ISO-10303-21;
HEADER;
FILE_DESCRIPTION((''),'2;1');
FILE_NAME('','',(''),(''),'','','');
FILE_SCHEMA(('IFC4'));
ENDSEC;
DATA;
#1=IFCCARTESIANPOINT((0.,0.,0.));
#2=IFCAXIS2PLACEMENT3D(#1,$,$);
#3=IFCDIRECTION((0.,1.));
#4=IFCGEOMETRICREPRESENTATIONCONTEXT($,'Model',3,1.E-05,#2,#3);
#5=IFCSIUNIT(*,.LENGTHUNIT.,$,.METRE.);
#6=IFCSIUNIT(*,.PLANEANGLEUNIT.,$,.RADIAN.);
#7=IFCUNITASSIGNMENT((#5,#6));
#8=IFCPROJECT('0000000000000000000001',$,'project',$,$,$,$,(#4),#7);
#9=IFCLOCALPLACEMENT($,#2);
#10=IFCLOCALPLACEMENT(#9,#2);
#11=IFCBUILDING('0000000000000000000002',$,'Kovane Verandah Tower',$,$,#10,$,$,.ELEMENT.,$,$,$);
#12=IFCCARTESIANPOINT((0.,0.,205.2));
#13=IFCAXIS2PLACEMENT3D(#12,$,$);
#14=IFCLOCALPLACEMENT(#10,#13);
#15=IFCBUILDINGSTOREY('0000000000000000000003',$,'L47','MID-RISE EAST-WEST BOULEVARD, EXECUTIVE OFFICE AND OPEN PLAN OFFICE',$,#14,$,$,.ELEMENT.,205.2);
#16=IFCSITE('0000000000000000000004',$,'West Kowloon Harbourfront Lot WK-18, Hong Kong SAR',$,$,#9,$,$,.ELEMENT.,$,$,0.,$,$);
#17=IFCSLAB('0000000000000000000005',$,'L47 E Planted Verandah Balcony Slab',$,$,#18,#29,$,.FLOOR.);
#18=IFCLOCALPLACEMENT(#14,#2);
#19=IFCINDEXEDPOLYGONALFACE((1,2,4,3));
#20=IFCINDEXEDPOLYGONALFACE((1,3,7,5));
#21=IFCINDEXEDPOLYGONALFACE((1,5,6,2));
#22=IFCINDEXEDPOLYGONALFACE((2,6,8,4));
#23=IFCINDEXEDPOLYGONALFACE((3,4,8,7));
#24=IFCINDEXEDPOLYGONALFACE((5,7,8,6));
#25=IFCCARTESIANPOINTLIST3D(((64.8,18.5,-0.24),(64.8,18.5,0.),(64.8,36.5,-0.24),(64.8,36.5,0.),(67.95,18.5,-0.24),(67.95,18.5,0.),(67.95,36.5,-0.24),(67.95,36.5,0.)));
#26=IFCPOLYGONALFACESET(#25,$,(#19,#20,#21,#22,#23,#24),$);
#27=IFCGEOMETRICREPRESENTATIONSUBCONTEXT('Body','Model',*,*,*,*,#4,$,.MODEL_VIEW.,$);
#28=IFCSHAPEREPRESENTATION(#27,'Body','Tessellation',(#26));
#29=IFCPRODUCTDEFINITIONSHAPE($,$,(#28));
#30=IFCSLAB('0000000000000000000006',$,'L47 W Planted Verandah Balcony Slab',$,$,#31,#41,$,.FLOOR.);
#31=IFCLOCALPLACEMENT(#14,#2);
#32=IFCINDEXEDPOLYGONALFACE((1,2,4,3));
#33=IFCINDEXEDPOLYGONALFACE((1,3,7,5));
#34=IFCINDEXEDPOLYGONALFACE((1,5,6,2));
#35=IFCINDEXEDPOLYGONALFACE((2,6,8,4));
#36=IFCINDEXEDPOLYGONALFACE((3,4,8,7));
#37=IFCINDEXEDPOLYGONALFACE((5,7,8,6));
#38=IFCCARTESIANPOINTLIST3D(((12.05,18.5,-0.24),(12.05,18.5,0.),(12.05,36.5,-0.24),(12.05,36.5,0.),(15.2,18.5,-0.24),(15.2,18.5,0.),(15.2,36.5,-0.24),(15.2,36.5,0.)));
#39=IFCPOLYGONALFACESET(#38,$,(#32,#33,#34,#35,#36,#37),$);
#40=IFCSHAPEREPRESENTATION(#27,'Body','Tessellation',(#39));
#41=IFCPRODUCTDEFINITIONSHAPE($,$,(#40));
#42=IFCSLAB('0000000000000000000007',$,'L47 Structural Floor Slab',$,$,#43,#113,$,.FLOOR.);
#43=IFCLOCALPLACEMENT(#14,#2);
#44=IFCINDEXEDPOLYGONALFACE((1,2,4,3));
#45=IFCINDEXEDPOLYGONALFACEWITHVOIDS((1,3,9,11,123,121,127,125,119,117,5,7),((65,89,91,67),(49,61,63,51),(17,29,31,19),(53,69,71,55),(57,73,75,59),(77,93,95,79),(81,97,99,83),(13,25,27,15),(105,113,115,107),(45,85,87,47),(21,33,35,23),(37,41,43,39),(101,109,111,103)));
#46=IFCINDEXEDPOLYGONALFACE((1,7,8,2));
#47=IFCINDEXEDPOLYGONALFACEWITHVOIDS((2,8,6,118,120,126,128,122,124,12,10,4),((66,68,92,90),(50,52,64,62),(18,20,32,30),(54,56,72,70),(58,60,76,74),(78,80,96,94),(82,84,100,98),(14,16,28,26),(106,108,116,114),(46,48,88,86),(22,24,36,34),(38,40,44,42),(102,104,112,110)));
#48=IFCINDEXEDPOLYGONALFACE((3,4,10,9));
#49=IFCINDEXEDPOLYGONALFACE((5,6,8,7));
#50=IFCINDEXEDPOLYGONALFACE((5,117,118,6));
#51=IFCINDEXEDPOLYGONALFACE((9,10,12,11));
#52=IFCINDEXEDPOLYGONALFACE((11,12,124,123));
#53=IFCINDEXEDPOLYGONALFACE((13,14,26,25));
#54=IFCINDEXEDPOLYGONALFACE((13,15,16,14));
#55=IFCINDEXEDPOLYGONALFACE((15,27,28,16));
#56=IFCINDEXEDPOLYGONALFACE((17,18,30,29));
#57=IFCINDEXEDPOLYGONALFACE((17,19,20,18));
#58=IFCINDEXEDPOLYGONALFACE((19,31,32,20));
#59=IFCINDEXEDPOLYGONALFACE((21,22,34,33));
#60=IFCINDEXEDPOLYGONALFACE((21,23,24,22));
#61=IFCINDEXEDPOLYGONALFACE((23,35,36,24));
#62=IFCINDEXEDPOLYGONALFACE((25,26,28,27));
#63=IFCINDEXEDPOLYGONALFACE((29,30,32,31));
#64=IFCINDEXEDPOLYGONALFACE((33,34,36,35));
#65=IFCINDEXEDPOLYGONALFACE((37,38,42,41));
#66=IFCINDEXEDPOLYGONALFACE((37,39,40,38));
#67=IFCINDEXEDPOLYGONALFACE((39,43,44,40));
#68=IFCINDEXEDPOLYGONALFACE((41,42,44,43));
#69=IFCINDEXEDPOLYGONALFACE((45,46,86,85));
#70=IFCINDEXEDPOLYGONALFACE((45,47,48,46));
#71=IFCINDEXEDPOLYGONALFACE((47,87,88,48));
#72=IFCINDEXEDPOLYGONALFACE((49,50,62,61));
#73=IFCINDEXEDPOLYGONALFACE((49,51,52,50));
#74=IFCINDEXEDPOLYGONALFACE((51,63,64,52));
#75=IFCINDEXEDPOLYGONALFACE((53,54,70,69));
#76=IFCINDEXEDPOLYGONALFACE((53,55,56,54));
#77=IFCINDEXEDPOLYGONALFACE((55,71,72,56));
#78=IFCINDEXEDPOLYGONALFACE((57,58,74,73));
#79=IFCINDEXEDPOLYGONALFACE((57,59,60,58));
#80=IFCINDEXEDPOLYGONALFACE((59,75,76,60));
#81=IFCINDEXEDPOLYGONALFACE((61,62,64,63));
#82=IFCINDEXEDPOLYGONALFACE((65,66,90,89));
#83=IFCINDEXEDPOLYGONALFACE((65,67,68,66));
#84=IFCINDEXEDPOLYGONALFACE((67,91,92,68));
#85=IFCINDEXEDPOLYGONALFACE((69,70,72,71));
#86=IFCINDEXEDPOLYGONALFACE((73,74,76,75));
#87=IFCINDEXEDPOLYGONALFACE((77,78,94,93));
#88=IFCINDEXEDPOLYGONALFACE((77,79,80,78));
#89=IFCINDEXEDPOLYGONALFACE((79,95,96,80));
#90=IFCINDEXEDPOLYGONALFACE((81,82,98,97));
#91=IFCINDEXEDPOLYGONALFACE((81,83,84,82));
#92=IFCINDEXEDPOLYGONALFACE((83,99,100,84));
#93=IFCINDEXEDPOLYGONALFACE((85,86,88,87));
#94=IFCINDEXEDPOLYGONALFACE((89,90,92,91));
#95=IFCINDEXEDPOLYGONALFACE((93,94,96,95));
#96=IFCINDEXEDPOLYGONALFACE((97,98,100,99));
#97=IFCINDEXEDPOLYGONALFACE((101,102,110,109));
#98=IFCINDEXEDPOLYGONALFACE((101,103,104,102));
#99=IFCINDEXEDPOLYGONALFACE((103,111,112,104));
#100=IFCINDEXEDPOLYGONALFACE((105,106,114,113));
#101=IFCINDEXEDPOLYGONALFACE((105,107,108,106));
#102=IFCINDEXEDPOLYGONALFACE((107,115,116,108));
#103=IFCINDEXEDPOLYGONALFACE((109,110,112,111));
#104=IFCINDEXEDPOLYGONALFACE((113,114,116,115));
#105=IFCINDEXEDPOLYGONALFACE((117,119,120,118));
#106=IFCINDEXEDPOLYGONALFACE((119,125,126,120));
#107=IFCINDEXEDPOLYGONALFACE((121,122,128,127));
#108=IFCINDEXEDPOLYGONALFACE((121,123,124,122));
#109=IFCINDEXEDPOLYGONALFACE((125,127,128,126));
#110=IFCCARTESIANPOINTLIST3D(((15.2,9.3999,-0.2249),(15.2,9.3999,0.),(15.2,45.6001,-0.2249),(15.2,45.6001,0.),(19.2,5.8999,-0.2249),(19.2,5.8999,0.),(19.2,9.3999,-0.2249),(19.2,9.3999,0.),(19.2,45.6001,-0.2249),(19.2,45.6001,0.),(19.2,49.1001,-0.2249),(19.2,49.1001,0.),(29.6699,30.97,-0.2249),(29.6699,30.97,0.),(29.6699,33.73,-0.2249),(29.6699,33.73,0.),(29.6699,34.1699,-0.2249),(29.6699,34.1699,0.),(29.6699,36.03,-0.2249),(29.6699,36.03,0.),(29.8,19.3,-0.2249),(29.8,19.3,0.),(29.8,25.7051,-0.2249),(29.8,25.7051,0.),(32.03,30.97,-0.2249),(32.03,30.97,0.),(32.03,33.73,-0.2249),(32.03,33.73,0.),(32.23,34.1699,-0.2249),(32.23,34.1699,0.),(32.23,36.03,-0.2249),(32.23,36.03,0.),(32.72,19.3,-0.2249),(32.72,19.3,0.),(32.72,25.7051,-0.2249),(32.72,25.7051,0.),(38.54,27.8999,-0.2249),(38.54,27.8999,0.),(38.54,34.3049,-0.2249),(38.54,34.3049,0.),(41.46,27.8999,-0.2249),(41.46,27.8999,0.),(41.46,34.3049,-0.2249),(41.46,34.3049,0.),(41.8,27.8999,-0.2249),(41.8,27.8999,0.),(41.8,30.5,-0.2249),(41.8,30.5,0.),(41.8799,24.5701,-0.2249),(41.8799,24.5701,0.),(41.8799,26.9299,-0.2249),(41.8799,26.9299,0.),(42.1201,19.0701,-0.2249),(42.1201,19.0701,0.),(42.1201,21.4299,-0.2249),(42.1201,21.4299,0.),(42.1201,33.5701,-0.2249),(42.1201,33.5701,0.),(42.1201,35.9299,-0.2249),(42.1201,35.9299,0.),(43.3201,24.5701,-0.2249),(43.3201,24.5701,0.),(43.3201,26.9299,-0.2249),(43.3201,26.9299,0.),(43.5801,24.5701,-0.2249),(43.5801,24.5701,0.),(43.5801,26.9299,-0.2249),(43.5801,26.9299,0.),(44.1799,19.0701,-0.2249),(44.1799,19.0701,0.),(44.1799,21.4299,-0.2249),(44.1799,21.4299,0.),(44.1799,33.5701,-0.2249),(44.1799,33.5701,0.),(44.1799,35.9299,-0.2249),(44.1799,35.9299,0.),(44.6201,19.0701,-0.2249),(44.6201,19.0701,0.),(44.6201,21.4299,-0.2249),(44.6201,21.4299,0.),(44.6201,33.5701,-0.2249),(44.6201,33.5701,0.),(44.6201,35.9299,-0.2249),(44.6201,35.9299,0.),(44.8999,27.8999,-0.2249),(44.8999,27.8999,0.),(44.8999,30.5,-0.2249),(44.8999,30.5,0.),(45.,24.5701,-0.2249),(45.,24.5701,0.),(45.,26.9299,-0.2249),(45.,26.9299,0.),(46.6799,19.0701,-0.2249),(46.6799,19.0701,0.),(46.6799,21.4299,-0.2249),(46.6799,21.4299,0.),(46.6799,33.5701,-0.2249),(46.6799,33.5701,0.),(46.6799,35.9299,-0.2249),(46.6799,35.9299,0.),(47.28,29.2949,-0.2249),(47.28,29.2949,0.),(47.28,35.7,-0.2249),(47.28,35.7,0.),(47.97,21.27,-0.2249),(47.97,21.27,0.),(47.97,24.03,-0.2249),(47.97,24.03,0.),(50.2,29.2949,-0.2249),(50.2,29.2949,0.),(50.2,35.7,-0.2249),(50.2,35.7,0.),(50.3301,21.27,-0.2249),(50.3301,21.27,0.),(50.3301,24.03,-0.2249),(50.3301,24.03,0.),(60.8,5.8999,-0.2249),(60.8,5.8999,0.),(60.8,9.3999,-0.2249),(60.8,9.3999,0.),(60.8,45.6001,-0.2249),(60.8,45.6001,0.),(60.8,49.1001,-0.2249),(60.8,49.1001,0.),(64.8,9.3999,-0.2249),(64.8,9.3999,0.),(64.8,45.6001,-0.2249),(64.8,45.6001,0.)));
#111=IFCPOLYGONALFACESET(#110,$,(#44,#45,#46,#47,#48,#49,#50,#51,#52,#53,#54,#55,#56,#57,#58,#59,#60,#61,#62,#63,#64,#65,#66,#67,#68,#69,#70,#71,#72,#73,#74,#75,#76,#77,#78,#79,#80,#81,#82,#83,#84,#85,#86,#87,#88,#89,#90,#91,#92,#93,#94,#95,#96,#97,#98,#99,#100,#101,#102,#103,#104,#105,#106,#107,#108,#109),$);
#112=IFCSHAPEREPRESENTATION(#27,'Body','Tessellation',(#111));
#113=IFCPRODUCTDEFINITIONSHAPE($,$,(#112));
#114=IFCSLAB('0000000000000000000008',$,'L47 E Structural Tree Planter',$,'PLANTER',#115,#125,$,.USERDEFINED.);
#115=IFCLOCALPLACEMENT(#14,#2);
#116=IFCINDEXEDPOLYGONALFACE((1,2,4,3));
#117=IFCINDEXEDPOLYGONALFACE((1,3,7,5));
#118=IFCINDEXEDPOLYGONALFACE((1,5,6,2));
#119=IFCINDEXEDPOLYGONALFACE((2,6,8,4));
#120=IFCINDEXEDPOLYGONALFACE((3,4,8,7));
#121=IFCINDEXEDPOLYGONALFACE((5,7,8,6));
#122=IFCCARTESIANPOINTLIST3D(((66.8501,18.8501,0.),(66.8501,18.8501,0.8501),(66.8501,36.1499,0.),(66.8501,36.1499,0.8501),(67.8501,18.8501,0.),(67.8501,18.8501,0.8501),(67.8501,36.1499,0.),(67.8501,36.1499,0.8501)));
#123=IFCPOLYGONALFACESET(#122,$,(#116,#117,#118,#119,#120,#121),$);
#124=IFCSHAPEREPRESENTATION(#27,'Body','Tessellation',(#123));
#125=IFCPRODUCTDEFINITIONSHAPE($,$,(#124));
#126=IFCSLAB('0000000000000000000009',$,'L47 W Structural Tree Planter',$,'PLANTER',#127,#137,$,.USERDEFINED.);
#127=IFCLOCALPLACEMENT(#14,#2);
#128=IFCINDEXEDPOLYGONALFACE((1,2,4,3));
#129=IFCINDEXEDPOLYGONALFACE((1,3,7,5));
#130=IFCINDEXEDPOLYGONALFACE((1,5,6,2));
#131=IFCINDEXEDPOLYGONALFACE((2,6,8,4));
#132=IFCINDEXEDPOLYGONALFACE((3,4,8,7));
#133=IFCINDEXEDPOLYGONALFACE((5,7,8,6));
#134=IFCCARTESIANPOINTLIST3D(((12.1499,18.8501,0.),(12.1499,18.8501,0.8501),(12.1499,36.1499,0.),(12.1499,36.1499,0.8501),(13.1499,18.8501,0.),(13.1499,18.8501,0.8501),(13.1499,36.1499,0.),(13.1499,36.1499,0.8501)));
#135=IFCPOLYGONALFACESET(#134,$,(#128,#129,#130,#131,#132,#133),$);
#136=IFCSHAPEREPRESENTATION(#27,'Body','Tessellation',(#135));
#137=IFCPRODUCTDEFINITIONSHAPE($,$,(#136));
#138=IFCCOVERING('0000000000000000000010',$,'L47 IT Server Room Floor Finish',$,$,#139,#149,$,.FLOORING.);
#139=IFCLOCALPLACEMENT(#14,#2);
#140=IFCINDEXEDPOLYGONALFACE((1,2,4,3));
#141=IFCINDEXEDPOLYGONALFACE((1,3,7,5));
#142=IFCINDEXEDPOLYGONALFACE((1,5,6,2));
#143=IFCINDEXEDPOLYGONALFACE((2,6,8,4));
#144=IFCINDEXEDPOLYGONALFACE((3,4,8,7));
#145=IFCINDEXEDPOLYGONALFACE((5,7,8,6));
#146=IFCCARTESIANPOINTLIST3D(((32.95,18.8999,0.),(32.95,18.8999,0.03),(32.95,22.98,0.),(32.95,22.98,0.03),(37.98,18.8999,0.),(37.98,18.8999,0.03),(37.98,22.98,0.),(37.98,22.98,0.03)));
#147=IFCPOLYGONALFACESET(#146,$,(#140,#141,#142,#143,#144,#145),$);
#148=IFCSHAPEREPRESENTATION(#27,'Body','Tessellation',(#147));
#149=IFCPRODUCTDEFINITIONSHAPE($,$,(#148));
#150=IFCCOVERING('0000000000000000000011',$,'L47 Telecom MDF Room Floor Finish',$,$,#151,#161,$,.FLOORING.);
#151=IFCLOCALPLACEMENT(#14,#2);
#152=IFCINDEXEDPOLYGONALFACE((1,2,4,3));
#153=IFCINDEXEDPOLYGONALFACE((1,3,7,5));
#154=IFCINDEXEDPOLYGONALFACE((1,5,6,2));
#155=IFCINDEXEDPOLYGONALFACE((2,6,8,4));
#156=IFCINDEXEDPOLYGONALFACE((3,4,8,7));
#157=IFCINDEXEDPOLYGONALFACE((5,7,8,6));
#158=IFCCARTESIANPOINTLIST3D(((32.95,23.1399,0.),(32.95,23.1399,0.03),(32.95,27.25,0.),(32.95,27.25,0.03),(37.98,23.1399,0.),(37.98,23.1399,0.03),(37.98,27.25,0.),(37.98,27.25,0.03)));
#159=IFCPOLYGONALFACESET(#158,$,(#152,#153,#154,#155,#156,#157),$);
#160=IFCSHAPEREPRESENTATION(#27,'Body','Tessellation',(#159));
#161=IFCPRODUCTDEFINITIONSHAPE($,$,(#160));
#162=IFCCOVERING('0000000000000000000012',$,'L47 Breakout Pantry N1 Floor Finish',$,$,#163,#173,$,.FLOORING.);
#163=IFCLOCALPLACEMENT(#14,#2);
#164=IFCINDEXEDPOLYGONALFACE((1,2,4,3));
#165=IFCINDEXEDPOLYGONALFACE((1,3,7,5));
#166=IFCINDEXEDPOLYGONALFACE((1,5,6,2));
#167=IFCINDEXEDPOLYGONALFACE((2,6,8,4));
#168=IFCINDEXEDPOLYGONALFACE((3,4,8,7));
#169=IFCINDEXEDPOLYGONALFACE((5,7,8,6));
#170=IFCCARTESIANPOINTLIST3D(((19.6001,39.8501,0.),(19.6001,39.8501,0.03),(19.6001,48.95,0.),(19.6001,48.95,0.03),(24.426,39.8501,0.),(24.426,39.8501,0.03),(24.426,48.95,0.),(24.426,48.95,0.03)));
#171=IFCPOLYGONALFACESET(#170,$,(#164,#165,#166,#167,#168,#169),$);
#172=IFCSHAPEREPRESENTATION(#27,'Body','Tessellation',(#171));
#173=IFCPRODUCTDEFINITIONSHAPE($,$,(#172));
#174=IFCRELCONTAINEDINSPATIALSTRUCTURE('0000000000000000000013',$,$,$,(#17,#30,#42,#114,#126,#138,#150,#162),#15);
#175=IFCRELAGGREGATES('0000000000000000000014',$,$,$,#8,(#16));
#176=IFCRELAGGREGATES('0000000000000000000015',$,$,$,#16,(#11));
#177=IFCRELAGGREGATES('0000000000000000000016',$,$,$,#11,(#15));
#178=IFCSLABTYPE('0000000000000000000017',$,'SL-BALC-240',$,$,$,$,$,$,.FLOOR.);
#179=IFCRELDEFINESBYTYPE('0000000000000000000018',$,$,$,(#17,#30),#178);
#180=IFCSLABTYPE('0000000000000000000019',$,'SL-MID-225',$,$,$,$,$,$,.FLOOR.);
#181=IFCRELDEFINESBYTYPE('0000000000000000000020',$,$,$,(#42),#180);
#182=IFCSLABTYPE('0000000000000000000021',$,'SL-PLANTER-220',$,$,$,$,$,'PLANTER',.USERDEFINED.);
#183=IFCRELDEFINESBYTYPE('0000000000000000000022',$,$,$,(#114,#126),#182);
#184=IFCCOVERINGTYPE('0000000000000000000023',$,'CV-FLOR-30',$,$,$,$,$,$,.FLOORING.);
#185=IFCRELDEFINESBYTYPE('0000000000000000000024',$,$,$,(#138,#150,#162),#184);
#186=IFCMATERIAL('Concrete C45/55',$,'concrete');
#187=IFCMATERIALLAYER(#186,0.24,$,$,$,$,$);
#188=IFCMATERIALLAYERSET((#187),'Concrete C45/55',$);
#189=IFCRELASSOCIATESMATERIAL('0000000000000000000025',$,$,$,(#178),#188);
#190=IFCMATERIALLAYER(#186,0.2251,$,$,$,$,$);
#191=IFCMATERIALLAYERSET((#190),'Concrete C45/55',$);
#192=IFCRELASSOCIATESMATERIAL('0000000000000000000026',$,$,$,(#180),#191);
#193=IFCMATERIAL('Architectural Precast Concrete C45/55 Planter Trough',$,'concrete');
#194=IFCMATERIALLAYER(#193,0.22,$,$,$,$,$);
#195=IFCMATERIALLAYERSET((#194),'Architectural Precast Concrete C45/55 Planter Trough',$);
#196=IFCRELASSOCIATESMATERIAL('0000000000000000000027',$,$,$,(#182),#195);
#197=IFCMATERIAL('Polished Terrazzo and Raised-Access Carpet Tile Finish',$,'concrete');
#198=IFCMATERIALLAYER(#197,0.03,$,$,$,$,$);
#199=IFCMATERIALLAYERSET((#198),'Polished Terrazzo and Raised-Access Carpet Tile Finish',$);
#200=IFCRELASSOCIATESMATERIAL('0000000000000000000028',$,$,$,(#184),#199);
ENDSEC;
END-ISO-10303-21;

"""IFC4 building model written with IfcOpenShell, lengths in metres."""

from ifc_helpers import new_model, si_unit, direction, frame, origin, place, context, subcontext, project, spatial, polyline, outline, extrude, material, layer, layer_set, type_object, element, save


model = new_model("IFC4")

# Units and contexts
model_context = context("Model", 3, precision=1e-05, world=origin(), true_north=direction((0.0, 1.0)))
body_context = subcontext(model_context, "Body", "Model", "MODEL_VIEW")
ifc_project = project(units=[si_unit("LENGTHUNIT", "METRE"), si_unit("PLANEANGLEUNIT", "RADIAN")], contexts=[model_context])

# Site, building, storey
site_placement = place(None, origin())
site = spatial("IfcSite", under=ifc_project, at=site_placement, Name="West Kowloon Harbourfront Lot WK-18, Hong Kong SAR", CompositionType="ELEMENT", RefElevation=0.0)
building_placement = place(site_placement, origin())
building = spatial("IfcBuilding", under=site, at=building_placement, Name="Kovane Verandah Tower", CompositionType="ELEMENT")
storey_placement = place(building_placement, frame((0.0, 0.0, 205.2)))
storey = spatial("IfcBuildingStorey", under=building, at=storey_placement, Name="L47", Description="MID-RISE EAST-WEST BOULEVARD, EXECUTIVE OFFICE AND OPEN PLAN OFFICE", CompositionType="ELEMENT", Elevation=205.2)

# Slabs
ifc_material_1 = material(Name="Concrete C45/55", Category="concrete")
ifc_layer_1 = layer(ifc_material_1, 0.24)
ifc_layer_set_1 = layer_set([ifc_layer_1], Name="Concrete C45/55")
slab_type_1 = type_object("IfcSlabType", Name="SL-BALC-240", PredefinedType="FLOOR", material=ifc_layer_set_1)
slab_1_placement = place(storey_placement, frame((0.0, 0.0, -0.24)))
element("IfcSlab", 1, at=slab_1_placement, inside=storey, type_object=slab_type_1, Name="L47 E Planted Verandah Balcony Slab", PredefinedType="FLOOR", context=body_context, shape_type="SweptSolid", body=[
    extrude(outline(polyline([(64.8, 18.5), (67.95, 18.5), (67.95, 36.5), (64.8, 36.5), (64.8, 18.5)])), origin(), (0.0, 0.0, 1.0), 0.24),
])
slab_2_placement = place(storey_placement, frame((0.0, 0.0, -0.24)))
element("IfcSlab", 2, at=slab_2_placement, inside=storey, type_object=slab_type_1, Name="L47 W Planted Verandah Balcony Slab", PredefinedType="FLOOR", context=body_context, shape_type="SweptSolid", body=[
    extrude(outline(polyline([(12.05, 18.5), (15.2, 18.5), (15.2, 36.5), (12.05, 36.5), (12.05, 18.5)])), origin(), (0.0, 0.0, 1.0), 0.24),
])
ifc_layer_2 = layer(ifc_material_1, 0.2251)
ifc_layer_set_2 = layer_set([ifc_layer_2], Name="Concrete C45/55")
slab_type_2 = type_object("IfcSlabType", Name="SL-MID-225", PredefinedType="FLOOR", material=ifc_layer_set_2)
slab_3_placement = place(storey_placement, frame((0.0, 0.0, -0.2249)))
element("IfcSlab", 3, at=slab_3_placement, inside=storey, type_object=slab_type_2, Name="L47 Structural Floor Slab", PredefinedType="FLOOR", context=body_context, shape_type="SweptSolid", body=[
    extrude(outline(polyline([(19.2, 5.8999), (60.8, 5.8999), (60.8, 9.3999), (64.8, 9.3999), (64.8, 45.6001), (60.8, 45.6001), (60.8, 49.1001), (19.2, 49.1001), (19.2, 45.6001), (15.2, 45.6001), (15.2, 9.3999), (19.2, 9.3999), (19.2, 5.8999)]), holes=[polyline([(29.8, 19.3), (32.72, 19.3), (32.72, 25.7051), (29.8, 25.7051), (29.8, 19.3)]), polyline([(47.28, 29.2949), (50.2, 29.2949), (50.2, 35.7), (47.28, 35.7), (47.28, 29.2949)]), polyline([(38.54, 27.8999), (41.46, 27.8999), (41.46, 34.3049), (38.54, 34.3049), (38.54, 27.8999)]), polyline([(29.6699, 30.97), (32.03, 30.97), (32.03, 33.73), (29.6699, 33.73), (29.6699, 30.97)]), polyline([(47.97, 21.27), (50.3301, 21.27), (50.3301, 24.03), (47.97, 24.03), (47.97, 21.27)]), polyline([(29.6699, 34.1699), (32.23, 34.1699), (32.23, 36.03), (29.6699, 36.03), (29.6699, 34.1699)]), polyline([(42.1201, 19.0701), (44.1799, 19.0701), (44.1799, 21.4299), (42.1201, 21.4299), (42.1201, 19.0701)]), polyline([(44.6201, 19.0701), (46.6799, 19.0701), (46.6799, 21.4299), (44.6201, 21.4299), (44.6201, 19.0701)]), polyline([(41.8799, 24.5701), (43.3201, 24.5701), (43.3201, 26.9299), (41.8799, 26.9299), (41.8799, 24.5701)]), polyline([(43.5801, 24.5701), (45.0, 24.5701), (45.0, 26.9299), (43.5801, 26.9299), (43.5801, 24.5701)]), polyline([(42.1201, 33.5701), (44.1799, 33.5701), (44.1799, 35.9299), (42.1201, 35.9299), (42.1201, 33.5701)]), polyline([(44.6201, 33.5701), (46.6799, 33.5701), (46.6799, 35.9299), (44.6201, 35.9299), (44.6201, 33.5701)]), polyline([(41.8, 27.8999), (44.8999, 27.8999), (44.8999, 30.5), (41.8, 30.5), (41.8, 27.8999)])]), origin(), (0.0, 0.0, 1.0), 0.2249),
])
ifc_material_2 = material(Name="Architectural Precast Concrete C45/55 Planter Trough", Category="concrete")
ifc_layer_3 = layer(ifc_material_2, 0.22)
ifc_layer_set_3 = layer_set([ifc_layer_3], Name="Architectural Precast Concrete C45/55 Planter Trough")
slab_type_3 = type_object("IfcSlabType", Name="SL-PLANTER-220", ElementType="PLANTER", PredefinedType="USERDEFINED", material=ifc_layer_set_3)
slab_4_placement = place(storey_placement, origin())
element("IfcSlab", 4, at=slab_4_placement, inside=storey, type_object=slab_type_3, Name="L47 E Structural Tree Planter", ObjectType="PLANTER", PredefinedType="USERDEFINED", context=body_context, shape_type="SweptSolid", body=[
    extrude(outline(polyline([(66.8501, 18.8501), (67.8501, 18.8501), (67.8501, 36.1499), (66.8501, 36.1499), (66.8501, 18.8501)])), origin(), (0.0, 0.0, 1.0), 0.8501),
])
slab_5_placement = place(storey_placement, origin())
element("IfcSlab", 5, at=slab_5_placement, inside=storey, type_object=slab_type_3, Name="L47 W Structural Tree Planter", ObjectType="PLANTER", PredefinedType="USERDEFINED", context=body_context, shape_type="SweptSolid", body=[
    extrude(outline(polyline([(12.1499, 18.8501), (13.1499, 18.8501), (13.1499, 36.1499), (12.1499, 36.1499), (12.1499, 18.8501)])), origin(), (0.0, 0.0, 1.0), 0.8501),
])

# Coverings
ifc_material_3 = material(Name="Polished Terrazzo and Raised-Access Carpet Tile Finish", Category="concrete")
ifc_layer_4 = layer(ifc_material_3, 0.03)
ifc_layer_set_4 = layer_set([ifc_layer_4], Name="Polished Terrazzo and Raised-Access Carpet Tile Finish")
covering_type = type_object("IfcCoveringType", Name="CV-FLOR-30", PredefinedType="FLOORING", material=ifc_layer_set_4)
covering_1_placement = place(storey_placement, origin())
element("IfcCovering", 6, at=covering_1_placement, inside=storey, type_object=covering_type, Name="L47 IT Server Room Floor Finish", PredefinedType="FLOORING", context=body_context, shape_type="SweptSolid", body=[
    extrude(outline(polyline([(32.95, 18.8999), (37.98, 18.8999), (37.98, 22.98), (32.95, 22.98), (32.95, 18.8999)])), origin(), (0.0, 0.0, 1.0), 0.03),
])
covering_2_placement = place(storey_placement, origin())
element("IfcCovering", 7, at=covering_2_placement, inside=storey, type_object=covering_type, Name="L47 Telecom MDF Room Floor Finish", PredefinedType="FLOORING", context=body_context, shape_type="SweptSolid", body=[
    extrude(outline(polyline([(32.95, 23.1399), (37.98, 23.1399), (37.98, 27.25), (32.95, 27.25), (32.95, 23.1399)])), origin(), (0.0, 0.0, 1.0), 0.03),
])
covering_3_placement = place(storey_placement, origin())
element("IfcCovering", 8, at=covering_3_placement, inside=storey, type_object=covering_type, Name="L47 Breakout Pantry N1 Floor Finish", PredefinedType="FLOORING", context=body_context, shape_type="SweptSolid", body=[
    extrude(outline(polyline([(19.6001, 39.8501), (24.426, 39.8501), (24.426, 48.95), (19.6001, 48.95), (19.6001, 39.8501)])), origin(), (0.0, 0.0, 1.0), 0.03),
])

save(model, "model.ifc")
